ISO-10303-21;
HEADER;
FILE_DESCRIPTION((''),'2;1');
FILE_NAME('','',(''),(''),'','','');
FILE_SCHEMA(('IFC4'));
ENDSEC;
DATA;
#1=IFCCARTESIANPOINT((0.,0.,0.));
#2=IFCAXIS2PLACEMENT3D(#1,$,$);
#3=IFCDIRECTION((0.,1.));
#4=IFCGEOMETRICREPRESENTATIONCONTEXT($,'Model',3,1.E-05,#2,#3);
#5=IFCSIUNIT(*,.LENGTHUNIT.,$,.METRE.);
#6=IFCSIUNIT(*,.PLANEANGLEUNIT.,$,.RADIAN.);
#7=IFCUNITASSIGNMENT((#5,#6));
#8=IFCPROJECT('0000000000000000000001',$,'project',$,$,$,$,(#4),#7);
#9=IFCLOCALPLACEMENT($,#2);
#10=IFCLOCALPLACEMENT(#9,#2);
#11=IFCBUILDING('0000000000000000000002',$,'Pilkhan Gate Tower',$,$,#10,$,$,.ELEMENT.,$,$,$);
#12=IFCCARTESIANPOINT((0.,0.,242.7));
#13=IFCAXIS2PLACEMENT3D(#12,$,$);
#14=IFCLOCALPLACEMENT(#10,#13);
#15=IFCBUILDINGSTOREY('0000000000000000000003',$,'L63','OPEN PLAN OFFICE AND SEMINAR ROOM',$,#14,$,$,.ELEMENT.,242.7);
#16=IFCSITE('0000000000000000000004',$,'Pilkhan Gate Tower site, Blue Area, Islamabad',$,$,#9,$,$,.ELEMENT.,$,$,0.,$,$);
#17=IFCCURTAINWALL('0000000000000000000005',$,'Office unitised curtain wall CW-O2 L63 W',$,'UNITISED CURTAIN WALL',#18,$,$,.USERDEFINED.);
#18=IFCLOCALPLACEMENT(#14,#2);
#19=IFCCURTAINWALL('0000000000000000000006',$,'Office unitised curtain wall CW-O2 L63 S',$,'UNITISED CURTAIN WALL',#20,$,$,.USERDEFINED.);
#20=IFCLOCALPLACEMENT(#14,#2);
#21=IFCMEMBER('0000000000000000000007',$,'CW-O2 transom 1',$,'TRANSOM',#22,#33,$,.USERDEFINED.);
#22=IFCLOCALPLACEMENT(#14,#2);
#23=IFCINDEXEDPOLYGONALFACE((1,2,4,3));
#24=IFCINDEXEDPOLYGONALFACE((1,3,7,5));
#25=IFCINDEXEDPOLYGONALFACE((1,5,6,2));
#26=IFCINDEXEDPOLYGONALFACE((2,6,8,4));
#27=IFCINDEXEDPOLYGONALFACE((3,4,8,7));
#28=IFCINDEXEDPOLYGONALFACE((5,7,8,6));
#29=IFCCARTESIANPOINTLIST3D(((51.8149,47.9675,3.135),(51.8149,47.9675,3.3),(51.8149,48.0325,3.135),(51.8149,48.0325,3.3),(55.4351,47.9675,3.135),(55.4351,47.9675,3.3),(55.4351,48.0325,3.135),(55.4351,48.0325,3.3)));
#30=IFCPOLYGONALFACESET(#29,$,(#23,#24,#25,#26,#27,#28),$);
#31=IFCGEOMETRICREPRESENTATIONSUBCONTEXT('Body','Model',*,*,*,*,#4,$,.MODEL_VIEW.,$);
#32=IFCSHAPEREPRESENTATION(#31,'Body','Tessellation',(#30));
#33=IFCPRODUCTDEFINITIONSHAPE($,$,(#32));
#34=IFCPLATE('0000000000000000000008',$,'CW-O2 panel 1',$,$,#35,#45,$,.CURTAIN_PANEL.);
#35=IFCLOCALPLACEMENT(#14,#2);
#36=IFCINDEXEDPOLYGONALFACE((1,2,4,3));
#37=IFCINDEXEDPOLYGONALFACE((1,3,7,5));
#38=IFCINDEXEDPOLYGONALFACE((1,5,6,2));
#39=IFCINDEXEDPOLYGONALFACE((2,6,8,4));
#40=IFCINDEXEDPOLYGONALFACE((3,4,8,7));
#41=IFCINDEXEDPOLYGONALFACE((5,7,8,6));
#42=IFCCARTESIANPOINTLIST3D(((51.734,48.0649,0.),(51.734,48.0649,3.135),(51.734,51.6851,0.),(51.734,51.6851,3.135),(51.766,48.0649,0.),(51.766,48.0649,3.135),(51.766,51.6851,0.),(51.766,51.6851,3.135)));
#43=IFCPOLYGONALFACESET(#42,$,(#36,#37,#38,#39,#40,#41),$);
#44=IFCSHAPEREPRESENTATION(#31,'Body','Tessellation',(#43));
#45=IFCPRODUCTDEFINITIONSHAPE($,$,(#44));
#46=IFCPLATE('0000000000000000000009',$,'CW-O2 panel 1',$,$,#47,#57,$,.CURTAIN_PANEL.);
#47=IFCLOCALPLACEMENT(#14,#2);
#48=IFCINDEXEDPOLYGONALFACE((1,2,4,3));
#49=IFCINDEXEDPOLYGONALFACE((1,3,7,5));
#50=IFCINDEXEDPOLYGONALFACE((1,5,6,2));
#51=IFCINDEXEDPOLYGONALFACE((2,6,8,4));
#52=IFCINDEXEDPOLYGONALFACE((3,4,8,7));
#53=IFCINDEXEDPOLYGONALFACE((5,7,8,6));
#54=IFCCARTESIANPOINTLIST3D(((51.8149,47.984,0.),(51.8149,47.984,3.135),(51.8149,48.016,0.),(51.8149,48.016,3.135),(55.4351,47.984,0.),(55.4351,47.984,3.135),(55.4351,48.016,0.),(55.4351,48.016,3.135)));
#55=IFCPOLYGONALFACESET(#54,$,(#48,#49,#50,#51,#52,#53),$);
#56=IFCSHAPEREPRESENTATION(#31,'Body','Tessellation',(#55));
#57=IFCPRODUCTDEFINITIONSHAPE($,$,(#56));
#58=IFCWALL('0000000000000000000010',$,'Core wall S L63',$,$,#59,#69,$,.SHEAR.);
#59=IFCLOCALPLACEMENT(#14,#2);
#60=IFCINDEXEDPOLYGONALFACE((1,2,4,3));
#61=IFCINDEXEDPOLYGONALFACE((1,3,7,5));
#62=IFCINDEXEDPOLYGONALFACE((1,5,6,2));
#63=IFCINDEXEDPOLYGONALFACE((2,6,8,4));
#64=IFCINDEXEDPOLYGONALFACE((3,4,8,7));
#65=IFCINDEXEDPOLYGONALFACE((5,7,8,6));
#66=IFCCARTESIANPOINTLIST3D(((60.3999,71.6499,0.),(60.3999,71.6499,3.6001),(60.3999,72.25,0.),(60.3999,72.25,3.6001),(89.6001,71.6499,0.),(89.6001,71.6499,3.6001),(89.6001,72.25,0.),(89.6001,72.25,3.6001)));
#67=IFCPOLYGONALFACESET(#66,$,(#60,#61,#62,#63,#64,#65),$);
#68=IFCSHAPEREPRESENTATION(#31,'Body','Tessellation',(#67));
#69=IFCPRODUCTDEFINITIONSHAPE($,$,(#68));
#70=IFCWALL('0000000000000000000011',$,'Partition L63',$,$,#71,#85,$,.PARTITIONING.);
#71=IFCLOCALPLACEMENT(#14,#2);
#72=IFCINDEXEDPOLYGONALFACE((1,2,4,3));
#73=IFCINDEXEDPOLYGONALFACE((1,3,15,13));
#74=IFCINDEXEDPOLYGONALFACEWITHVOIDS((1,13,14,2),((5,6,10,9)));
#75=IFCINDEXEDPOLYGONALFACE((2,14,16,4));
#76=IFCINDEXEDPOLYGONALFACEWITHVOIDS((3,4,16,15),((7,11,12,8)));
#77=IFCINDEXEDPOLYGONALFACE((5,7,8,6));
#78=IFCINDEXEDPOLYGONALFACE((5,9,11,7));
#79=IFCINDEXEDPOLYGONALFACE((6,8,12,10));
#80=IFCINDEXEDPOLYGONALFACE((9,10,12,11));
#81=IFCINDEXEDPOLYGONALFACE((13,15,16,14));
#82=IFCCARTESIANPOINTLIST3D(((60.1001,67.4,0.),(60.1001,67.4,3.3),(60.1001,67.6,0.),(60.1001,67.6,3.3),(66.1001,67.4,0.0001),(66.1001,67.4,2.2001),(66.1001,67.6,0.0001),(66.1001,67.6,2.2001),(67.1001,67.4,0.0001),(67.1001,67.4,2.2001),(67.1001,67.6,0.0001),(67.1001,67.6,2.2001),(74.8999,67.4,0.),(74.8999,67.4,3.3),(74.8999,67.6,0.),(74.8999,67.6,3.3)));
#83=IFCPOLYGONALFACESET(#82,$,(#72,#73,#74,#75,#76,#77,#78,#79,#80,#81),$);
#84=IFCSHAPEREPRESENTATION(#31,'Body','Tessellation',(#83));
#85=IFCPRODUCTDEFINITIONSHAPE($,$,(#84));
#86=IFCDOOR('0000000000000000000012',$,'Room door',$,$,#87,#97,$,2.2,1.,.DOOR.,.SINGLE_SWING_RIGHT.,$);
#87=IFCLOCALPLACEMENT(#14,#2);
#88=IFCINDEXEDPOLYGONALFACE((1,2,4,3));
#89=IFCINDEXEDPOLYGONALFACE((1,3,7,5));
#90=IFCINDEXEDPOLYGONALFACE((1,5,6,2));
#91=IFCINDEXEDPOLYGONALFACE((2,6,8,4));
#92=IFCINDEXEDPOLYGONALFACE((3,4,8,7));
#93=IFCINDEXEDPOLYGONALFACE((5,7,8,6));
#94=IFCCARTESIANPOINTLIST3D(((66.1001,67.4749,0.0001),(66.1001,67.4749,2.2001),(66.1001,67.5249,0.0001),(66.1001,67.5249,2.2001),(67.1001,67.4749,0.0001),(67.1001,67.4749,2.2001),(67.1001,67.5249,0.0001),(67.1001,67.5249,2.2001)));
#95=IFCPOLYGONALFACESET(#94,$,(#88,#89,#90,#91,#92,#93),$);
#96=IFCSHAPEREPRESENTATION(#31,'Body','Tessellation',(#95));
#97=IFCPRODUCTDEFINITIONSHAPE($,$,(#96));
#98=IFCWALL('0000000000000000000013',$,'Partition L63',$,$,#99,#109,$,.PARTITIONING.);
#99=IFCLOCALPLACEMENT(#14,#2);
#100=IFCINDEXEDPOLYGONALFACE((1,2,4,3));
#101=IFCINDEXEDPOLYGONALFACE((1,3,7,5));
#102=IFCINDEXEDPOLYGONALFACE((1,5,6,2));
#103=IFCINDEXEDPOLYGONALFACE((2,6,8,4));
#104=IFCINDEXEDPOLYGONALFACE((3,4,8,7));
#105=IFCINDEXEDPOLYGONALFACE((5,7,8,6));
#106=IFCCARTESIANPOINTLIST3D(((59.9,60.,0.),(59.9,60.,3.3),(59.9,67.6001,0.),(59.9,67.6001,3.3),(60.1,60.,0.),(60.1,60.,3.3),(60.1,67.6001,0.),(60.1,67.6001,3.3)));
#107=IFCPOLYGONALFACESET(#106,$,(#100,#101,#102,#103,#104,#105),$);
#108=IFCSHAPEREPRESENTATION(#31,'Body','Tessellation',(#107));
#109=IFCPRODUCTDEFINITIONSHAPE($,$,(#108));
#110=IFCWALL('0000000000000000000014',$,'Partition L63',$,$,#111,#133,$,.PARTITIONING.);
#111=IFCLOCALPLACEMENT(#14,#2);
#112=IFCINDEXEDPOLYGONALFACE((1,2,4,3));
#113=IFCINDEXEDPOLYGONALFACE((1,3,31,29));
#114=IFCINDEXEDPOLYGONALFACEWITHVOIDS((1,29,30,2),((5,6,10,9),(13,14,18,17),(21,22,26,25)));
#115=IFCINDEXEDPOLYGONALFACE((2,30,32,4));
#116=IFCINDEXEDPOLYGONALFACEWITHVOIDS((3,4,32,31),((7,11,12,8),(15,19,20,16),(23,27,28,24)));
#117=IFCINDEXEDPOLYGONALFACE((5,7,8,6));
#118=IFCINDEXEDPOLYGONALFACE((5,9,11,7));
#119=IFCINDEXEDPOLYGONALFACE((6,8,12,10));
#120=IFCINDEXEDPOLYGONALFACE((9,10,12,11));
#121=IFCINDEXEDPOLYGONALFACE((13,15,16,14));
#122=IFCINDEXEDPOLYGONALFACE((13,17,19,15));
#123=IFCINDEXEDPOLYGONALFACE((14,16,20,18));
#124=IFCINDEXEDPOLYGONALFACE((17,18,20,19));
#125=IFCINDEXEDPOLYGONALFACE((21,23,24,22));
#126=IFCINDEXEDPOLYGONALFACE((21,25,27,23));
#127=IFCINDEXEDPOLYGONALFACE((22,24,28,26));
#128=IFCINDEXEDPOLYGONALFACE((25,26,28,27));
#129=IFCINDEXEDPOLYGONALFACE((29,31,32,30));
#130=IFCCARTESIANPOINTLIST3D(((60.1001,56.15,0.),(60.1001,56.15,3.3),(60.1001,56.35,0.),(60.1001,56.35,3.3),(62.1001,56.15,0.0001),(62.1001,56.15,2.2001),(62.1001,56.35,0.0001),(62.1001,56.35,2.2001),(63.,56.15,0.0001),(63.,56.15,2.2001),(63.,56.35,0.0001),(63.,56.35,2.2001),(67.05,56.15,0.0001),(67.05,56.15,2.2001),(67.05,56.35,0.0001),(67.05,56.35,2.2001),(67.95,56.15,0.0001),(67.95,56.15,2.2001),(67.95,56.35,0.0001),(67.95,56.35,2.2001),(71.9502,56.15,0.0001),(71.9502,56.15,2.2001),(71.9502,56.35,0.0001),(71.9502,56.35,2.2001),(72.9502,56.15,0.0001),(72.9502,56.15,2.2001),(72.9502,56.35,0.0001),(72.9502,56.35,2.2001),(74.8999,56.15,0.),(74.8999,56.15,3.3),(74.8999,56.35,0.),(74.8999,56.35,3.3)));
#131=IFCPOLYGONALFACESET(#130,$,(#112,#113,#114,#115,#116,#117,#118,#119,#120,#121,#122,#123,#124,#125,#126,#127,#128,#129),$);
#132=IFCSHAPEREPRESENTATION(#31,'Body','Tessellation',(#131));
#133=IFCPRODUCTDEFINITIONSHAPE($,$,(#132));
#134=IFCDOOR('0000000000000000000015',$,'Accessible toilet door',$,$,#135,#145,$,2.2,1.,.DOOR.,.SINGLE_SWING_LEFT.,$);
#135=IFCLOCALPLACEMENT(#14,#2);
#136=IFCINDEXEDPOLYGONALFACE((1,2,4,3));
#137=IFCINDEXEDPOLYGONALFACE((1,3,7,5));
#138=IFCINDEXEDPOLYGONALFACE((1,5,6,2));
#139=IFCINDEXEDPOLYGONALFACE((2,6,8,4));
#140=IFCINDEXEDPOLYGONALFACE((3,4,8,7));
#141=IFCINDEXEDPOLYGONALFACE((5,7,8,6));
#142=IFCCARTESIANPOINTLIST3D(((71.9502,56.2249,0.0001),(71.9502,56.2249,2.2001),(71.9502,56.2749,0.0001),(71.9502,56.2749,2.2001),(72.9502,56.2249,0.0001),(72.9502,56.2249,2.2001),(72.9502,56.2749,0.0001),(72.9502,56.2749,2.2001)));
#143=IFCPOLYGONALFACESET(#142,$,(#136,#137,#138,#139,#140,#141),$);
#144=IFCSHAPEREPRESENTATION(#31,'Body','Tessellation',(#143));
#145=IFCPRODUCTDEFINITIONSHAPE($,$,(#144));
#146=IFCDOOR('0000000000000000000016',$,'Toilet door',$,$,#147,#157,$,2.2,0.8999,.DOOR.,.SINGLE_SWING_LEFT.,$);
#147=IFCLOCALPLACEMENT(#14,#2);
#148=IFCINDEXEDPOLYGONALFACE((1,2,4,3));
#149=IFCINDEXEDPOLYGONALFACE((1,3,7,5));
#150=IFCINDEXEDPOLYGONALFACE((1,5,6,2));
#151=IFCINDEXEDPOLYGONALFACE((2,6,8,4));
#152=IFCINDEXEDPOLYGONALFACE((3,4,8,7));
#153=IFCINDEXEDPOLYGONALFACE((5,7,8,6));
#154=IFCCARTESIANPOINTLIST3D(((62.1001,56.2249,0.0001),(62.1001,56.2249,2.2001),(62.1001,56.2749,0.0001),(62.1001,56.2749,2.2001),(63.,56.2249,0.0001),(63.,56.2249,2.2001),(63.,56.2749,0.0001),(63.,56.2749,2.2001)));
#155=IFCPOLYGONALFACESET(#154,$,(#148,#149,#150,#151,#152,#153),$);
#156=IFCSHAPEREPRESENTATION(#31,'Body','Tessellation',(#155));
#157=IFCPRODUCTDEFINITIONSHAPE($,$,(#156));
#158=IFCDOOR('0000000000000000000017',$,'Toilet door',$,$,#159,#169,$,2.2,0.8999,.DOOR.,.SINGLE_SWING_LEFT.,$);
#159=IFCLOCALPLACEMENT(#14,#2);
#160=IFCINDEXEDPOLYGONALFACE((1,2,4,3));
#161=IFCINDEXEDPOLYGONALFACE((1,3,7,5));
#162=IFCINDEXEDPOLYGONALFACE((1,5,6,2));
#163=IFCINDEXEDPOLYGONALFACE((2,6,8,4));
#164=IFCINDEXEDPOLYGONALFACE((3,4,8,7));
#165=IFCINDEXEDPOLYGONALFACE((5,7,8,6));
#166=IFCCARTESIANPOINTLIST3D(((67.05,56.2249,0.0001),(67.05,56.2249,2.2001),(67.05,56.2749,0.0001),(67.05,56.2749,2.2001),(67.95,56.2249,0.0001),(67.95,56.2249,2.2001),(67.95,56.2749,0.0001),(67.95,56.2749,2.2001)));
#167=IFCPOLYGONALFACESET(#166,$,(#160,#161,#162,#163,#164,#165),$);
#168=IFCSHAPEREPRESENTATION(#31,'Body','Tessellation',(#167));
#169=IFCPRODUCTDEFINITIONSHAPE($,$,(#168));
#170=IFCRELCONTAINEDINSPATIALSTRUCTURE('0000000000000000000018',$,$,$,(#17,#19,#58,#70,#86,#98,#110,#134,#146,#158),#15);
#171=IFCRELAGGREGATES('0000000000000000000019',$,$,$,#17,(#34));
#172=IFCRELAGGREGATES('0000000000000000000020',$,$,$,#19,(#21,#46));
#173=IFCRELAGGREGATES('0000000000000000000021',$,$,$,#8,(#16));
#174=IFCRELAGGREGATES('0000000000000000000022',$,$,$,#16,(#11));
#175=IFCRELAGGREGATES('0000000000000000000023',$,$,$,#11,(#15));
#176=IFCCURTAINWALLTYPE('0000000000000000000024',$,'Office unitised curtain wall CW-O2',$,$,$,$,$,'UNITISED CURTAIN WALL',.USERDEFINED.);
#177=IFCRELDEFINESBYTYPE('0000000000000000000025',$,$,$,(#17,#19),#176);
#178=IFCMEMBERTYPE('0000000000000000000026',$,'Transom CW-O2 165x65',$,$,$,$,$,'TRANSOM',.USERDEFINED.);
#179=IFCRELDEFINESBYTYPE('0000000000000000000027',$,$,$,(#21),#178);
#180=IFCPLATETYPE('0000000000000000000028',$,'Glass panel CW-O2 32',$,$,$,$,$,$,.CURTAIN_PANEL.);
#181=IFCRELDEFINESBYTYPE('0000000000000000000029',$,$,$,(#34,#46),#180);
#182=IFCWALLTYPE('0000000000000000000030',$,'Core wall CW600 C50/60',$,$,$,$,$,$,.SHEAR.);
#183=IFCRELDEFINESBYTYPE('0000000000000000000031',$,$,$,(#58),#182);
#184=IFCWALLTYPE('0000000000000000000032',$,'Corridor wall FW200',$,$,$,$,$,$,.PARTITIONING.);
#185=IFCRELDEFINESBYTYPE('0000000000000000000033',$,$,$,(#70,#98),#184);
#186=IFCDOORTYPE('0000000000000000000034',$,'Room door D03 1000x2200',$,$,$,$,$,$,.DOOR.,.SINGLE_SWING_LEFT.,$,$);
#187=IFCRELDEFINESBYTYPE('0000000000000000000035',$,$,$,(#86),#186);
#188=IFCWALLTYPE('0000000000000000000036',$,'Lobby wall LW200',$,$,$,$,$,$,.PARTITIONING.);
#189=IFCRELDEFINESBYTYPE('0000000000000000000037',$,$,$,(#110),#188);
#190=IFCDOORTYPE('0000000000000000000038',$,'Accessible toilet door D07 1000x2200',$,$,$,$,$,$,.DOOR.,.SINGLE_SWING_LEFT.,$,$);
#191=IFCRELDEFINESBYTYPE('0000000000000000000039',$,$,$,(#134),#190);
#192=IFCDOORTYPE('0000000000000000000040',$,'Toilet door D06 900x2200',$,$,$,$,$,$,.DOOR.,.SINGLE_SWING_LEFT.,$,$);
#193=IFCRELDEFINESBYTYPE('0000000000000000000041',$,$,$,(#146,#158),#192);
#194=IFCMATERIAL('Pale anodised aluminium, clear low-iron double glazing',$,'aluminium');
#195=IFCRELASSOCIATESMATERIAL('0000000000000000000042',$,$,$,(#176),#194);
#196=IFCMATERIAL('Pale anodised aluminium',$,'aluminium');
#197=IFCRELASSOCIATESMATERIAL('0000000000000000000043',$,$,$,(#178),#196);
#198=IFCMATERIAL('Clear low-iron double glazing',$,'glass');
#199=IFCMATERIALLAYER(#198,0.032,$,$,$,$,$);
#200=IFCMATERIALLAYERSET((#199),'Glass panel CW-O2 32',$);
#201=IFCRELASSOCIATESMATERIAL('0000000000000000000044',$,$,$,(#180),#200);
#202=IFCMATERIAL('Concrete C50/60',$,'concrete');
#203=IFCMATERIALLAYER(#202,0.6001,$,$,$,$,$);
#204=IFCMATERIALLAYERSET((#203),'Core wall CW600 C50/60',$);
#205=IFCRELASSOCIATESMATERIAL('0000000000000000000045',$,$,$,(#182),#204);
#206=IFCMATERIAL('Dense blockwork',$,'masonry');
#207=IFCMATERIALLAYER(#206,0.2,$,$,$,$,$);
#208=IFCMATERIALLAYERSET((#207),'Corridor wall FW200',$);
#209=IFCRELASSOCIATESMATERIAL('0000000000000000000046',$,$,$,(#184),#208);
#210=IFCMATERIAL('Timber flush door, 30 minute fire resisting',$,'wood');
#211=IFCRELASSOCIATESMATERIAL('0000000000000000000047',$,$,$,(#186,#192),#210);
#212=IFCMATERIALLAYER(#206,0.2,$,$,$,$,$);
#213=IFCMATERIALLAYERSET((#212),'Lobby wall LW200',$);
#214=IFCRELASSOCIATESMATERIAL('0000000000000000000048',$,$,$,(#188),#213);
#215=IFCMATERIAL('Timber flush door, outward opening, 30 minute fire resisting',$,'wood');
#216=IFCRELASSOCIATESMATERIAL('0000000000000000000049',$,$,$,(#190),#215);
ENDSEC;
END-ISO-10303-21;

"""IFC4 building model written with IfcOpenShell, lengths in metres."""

from ifc_helpers import new_model, si_unit, direction, frame, frame_2d, origin, origin_2d, place, context, subcontext, project, spatial, rectangle, extrude, material, layer, layer_set, material_profile, profile_set, type_object, element, fill, aggregate, save


model = new_model("IFC4")

# Units and contexts
model_context = context("Model", 3, precision=1e-05, world=origin(), true_north=direction((0.0, 1.0)))
body_context = subcontext(model_context, "Body", "Model", "MODEL_VIEW")
ifc_project = project(units=[si_unit("LENGTHUNIT", "METRE"), si_unit("PLANEANGLEUNIT", "RADIAN")], contexts=[model_context])

# Site, building, storey
site_placement = place(None, origin())
site = spatial("IfcSite", under=ifc_project, at=site_placement, Name="Pilkhan Gate Tower site, Blue Area, Islamabad", CompositionType="ELEMENT", RefElevation=0.0)
building_placement = place(site_placement, origin())
building = spatial("IfcBuilding", under=site, at=building_placement, Name="Pilkhan Gate Tower", CompositionType="ELEMENT")
storey_placement = place(building_placement, frame((0.0, 0.0, 242.7)))
storey = spatial("IfcBuildingStorey", under=building, at=storey_placement, Name="L63", Description="OPEN PLAN OFFICE AND SEMINAR ROOM", CompositionType="ELEMENT", Elevation=242.7)

# Shared definitions
ifc_material_1 = material(Name="Concrete C50/60", Category="concrete")

# Shared definitions
ifc_material_2 = material(Name="Pale anodised aluminium, clear low-iron double glazing", Category="aluminium")
curtain_wall_type = type_object("IfcCurtainWallType", Name="Office unitised curtain wall CW-O2", ElementType="UNITISED CURTAIN WALL", PredefinedType="USERDEFINED", material=ifc_material_2)
ifc_material_3 = material(Name="Pale anodised aluminium", Category="aluminium")

# Curtain walls
curtain_wall_1_placement = place(storey_placement, origin())
curtain_wall_1 = element("IfcCurtainWall", 1, at=curtain_wall_1_placement, inside=storey, type_object=curtain_wall_type, Name="Office unitised curtain wall CW-O2 L63 W", ObjectType="UNITISED CURTAIN WALL", PredefinedType="USERDEFINED")
curtain_wall_2_placement = place(storey_placement, origin())
curtain_wall_2 = element("IfcCurtainWall", 2, at=curtain_wall_2_placement, inside=storey, type_object=curtain_wall_type, Name="Office unitised curtain wall CW-O2 L63 S", ObjectType="UNITISED CURTAIN WALL", PredefinedType="USERDEFINED")

# Member
ifc_material_profile_1 = material_profile(ifc_material_3, rectangle(XDim=0.0649, YDim=0.165, at=origin_2d()), Name="Transom 165x65")
ifc_profile_set_1 = profile_set([ifc_material_profile_1], Name="Pale anodised aluminium")
member_type_1 = type_object("IfcMemberType", Name="Transom CW-O2 165x65", ElementType="TRANSOM", PredefinedType="USERDEFINED", material=ifc_profile_set_1)
member_1_placement = place(storey_placement, frame((51.8149, 48.0, 3.2175), z_axis=(1.0, 0.0, 0.0), x_axis=(0.0, 1.0, 0.0)))
member_1 = element("IfcMember", 3, at=member_1_placement, type_object=member_type_1, Name="CW-O2 transom 1", ObjectType="TRANSOM", PredefinedType="USERDEFINED", context=body_context, shape_type="SweptSolid", body=[
    extrude(rectangle(XDim=0.0649, YDim=0.165, at=origin_2d()), origin(), (0.0, 0.0, 1.0), 3.6201),
])

# Plates
ifc_material_4 = material(Name="Clear low-iron double glazing", Category="glass")
ifc_layer_1 = layer(ifc_material_4, 0.032)
ifc_layer_set_1 = layer_set([ifc_layer_1], Name="Glass panel CW-O2 32")
plate_type = type_object("IfcPlateType", Name="Glass panel CW-O2 32", PredefinedType="CURTAIN_PANEL", material=ifc_layer_set_1)
plate_1_placement = place(storey_placement, frame((51.75, 49.875, 0.0), z_axis=(0.0, 0.0, 1.0), x_axis=(0.0, 1.0, 0.0)))
plate_1 = element("IfcPlate", 4, at=plate_1_placement, type_object=plate_type, Name="CW-O2 panel 1", PredefinedType="CURTAIN_PANEL", context=body_context, shape_type="SweptSolid", body=[
    extrude(rectangle(XDim=3.6201, YDim=0.032, at=origin_2d()), origin(), (0.0, 0.0, 1.0), 3.135),
])
aggregate(curtain_wall_1, [plate_1])
plate_2_placement = place(storey_placement, frame((53.625, 48.0, 0.0), z_axis=(0.0, 0.0, 1.0), x_axis=(1.0, 0.0, 0.0)))
plate_2 = element("IfcPlate", 5, at=plate_2_placement, type_object=plate_type, Name="CW-O2 panel 1", PredefinedType="CURTAIN_PANEL", context=body_context, shape_type="SweptSolid", body=[
    extrude(rectangle(XDim=3.6201, YDim=0.032, at=origin_2d()), origin(), (0.0, 0.0, 1.0), 3.135),
])
aggregate(curtain_wall_2, [member_1, plate_2])

# Wall
ifc_layer_2 = layer(ifc_material_1, 0.6001)
ifc_layer_set_2 = layer_set([ifc_layer_2], Name="Core wall CW600 C50/60")
wall_type_1 = type_object("IfcWallType", Name="Core wall CW600 C50/60", PredefinedType="SHEAR", material=ifc_layer_set_2)
wall_1_placement = place(storey_placement, frame((60.3999, 71.95, 0.0), z_axis=(0.0, 0.0, 1.0), x_axis=(1.0, 0.0, 0.0)))
element("IfcWall", 6, at=wall_1_placement, inside=storey, type_object=wall_type_1, Name="Core wall S L63", PredefinedType="SHEAR", context=body_context, shape_type="SweptSolid", body=[
    extrude(rectangle(XDim=29.2002, YDim=0.6001, at=frame_2d((14.6001, 0.0))), origin(), (0.0, 0.0, 1.0), 3.6001),
])

# Wall, opening, door
ifc_material_5 = material(Name="Dense blockwork", Category="masonry")
ifc_layer_3 = layer(ifc_material_5, 0.2)
ifc_layer_set_3 = layer_set([ifc_layer_3], Name="Corridor wall FW200")
wall_type_2 = type_object("IfcWallType", Name="Corridor wall FW200", PredefinedType="PARTITIONING", material=ifc_layer_set_3)
wall_2_placement = place(storey_placement, frame((60.1001, 67.5, 0.0), z_axis=(0.0, 0.0, 1.0), x_axis=(1.0, 0.0, 0.0)))
wall_2 = element("IfcWall", 7, at=wall_2_placement, inside=storey, type_object=wall_type_2, Name="Partition L63", PredefinedType="PARTITIONING", context=body_context, shape_type="SweptSolid", body=[
    extrude(rectangle(XDim=14.7998, YDim=0.2, at=frame_2d((7.3999, 0.0))), origin(), (0.0, 0.0, 1.0), 3.3),
])
opening_1_placement = place(wall_2_placement, frame((6.0, 0.0, 0.0)))
opening_1 = element("IfcOpeningElement", 8, at=opening_1_placement, cuts=wall_2, PredefinedType="OPENING", context=body_context, shape_type="SweptSolid", body=[
    extrude(rectangle(XDim=1.0, YDim=2.2, at=frame_2d((0.5, 1.1001))), frame((0.0, 0.1099, 0.0), z_axis=(0.0, -1.0, 0.0), x_axis=(1.0, 0.0, 0.0)), (0.0, 0.0, 1.0), 0.22),
])
ifc_material_6 = material(Name="Timber flush door, 30 minute fire resisting", Category="wood")
door_type_1 = type_object("IfcDoorType", Name="Room door D03 1000x2200", OperationType="SINGLE_SWING_LEFT", PredefinedType="DOOR", material=ifc_material_6)
door_1_placement = place(opening_1_placement, origin())
door_1 = element("IfcDoor", 9, at=door_1_placement, inside=storey, type_object=door_type_1, Name="Room door", OperationType="SINGLE_SWING_RIGHT", OverallHeight=2.2, OverallWidth=1.0, PredefinedType="DOOR", context=body_context, shape_type="SweptSolid", body=[
    extrude(rectangle(XDim=1.0, YDim=2.2, at=frame_2d((0.5, 1.1001))), frame((0.0, 0.0249, 0.0), z_axis=(0.0, -1.0, 0.0), x_axis=(1.0, 0.0, 0.0)), (0.0, 0.0, 1.0), 0.05),
])
fill(opening_1, door_1)

# Wall
wall_3_placement = place(storey_placement, frame((60.0, 60.0, 0.0), z_axis=(0.0, 0.0, 1.0), x_axis=(0.0, 1.0, 0.0)))
element("IfcWall", 10, at=wall_3_placement, inside=storey, type_object=wall_type_2, Name="Partition L63", PredefinedType="PARTITIONING", context=body_context, shape_type="SweptSolid", body=[
    extrude(rectangle(XDim=7.6001, YDim=0.2, at=frame_2d((3.8, 0.0))), origin(), (0.0, 0.0, 1.0), 3.3),
])

# Wall, openings, doors
ifc_layer_4 = layer(ifc_material_5, 0.2)
ifc_layer_set_4 = layer_set([ifc_layer_4], Name="Lobby wall LW200")
wall_type_3 = type_object("IfcWallType", Name="Lobby wall LW200", PredefinedType="PARTITIONING", material=ifc_layer_set_4)
wall_4_placement = place(storey_placement, frame((60.1001, 56.25, 0.0), z_axis=(0.0, 0.0, 1.0), x_axis=(1.0, 0.0, 0.0)))
wall_4 = element("IfcWall", 11, at=wall_4_placement, inside=storey, type_object=wall_type_3, Name="Partition L63", PredefinedType="PARTITIONING", context=body_context, shape_type="SweptSolid", body=[
    extrude(rectangle(XDim=14.7998, YDim=0.2, at=frame_2d((7.3999, 0.0))), origin(), (0.0, 0.0, 1.0), 3.3),
])
opening_2_placement = place(wall_4_placement, frame((2.0, 0.0, 0.0)))
opening_2 = element("IfcOpeningElement", 12, at=opening_2_placement, cuts=wall_4, PredefinedType="OPENING", context=body_context, shape_type="SweptSolid", body=[
    extrude(rectangle(XDim=0.8999, YDim=2.2, at=frame_2d((0.45, 1.1001))), frame((0.0, 0.1099, 0.0), z_axis=(0.0, -1.0, 0.0), x_axis=(1.0, 0.0, 0.0)), (0.0, 0.0, 1.0), 0.22),
])
opening_3_placement = place(wall_4_placement, frame((6.95, 0.0, 0.0)))
opening_3 = element("IfcOpeningElement", 13, at=opening_3_placement, cuts=wall_4, PredefinedType="OPENING", context=body_context, shape_type="SweptSolid", body=[
    extrude(rectangle(XDim=0.8999, YDim=2.2, at=frame_2d((0.45, 1.1001))), frame((0.0, 0.1099, 0.0), z_axis=(0.0, -1.0, 0.0), x_axis=(1.0, 0.0, 0.0)), (0.0, 0.0, 1.0), 0.22),
])
opening_4_placement = place(wall_4_placement, frame((11.8501, 0.0, 0.0)))
opening_4 = element("IfcOpeningElement", 14, at=opening_4_placement, cuts=wall_4, PredefinedType="OPENING", context=body_context, shape_type="SweptSolid", body=[
    extrude(rectangle(XDim=1.0, YDim=2.2, at=frame_2d((0.5, 1.1001))), frame((0.0, 0.1099, 0.0), z_axis=(0.0, -1.0, 0.0), x_axis=(1.0, 0.0, 0.0)), (0.0, 0.0, 1.0), 0.22),
])
ifc_material_7 = material(Name="Timber flush door, outward opening, 30 minute fire resisting", Category="wood")
door_type_2 = type_object("IfcDoorType", Name="Accessible toilet door D07 1000x2200", OperationType="SINGLE_SWING_LEFT", PredefinedType="DOOR", material=ifc_material_7)
door_2_placement = place(opening_4_placement, origin())
door_2 = element("IfcDoor", 15, at=door_2_placement, inside=storey, type_object=door_type_2, Name="Accessible toilet door", OperationType="SINGLE_SWING_LEFT", OverallHeight=2.2, OverallWidth=1.0, PredefinedType="DOOR", context=body_context, shape_type="SweptSolid", body=[
    extrude(rectangle(XDim=1.0, YDim=2.2, at=frame_2d((0.5, 1.1001))), frame((0.0, 0.0249, 0.0), z_axis=(0.0, -1.0, 0.0), x_axis=(1.0, 0.0, 0.0)), (0.0, 0.0, 1.0), 0.05),
])
fill(opening_4, door_2)
door_type_3 = type_object("IfcDoorType", Name="Toilet door D06 900x2200", OperationType="SINGLE_SWING_LEFT", PredefinedType="DOOR", material=ifc_material_6)
door_3_placement = place(opening_2_placement, origin())
door_3 = element("IfcDoor", 16, at=door_3_placement, inside=storey, type_object=door_type_3, Name="Toilet door", OperationType="SINGLE_SWING_LEFT", OverallHeight=2.2, OverallWidth=0.8999, PredefinedType="DOOR", context=body_context, shape_type="SweptSolid", body=[
    extrude(rectangle(XDim=0.8999, YDim=2.2, at=frame_2d((0.45, 1.1001))), frame((0.0, 0.0249, 0.0), z_axis=(0.0, -1.0, 0.0), x_axis=(1.0, 0.0, 0.0)), (0.0, 0.0, 1.0), 0.05),
])
fill(opening_2, door_3)
door_4_placement = place(opening_3_placement, origin())
door_4 = element("IfcDoor", 17, at=door_4_placement, inside=storey, type_object=door_type_3, Name="Toilet door", OperationType="SINGLE_SWING_LEFT", OverallHeight=2.2, OverallWidth=0.8999, PredefinedType="DOOR", context=body_context, shape_type="SweptSolid", body=[
    extrude(rectangle(XDim=0.8999, YDim=2.2, at=frame_2d((0.45, 1.1001))), frame((0.0, 0.0249, 0.0), z_axis=(0.0, -1.0, 0.0), x_axis=(1.0, 0.0, 0.0)), (0.0, 0.0, 1.0), 0.05),
])
fill(opening_3, door_4)

save(model, "model.ifc")
